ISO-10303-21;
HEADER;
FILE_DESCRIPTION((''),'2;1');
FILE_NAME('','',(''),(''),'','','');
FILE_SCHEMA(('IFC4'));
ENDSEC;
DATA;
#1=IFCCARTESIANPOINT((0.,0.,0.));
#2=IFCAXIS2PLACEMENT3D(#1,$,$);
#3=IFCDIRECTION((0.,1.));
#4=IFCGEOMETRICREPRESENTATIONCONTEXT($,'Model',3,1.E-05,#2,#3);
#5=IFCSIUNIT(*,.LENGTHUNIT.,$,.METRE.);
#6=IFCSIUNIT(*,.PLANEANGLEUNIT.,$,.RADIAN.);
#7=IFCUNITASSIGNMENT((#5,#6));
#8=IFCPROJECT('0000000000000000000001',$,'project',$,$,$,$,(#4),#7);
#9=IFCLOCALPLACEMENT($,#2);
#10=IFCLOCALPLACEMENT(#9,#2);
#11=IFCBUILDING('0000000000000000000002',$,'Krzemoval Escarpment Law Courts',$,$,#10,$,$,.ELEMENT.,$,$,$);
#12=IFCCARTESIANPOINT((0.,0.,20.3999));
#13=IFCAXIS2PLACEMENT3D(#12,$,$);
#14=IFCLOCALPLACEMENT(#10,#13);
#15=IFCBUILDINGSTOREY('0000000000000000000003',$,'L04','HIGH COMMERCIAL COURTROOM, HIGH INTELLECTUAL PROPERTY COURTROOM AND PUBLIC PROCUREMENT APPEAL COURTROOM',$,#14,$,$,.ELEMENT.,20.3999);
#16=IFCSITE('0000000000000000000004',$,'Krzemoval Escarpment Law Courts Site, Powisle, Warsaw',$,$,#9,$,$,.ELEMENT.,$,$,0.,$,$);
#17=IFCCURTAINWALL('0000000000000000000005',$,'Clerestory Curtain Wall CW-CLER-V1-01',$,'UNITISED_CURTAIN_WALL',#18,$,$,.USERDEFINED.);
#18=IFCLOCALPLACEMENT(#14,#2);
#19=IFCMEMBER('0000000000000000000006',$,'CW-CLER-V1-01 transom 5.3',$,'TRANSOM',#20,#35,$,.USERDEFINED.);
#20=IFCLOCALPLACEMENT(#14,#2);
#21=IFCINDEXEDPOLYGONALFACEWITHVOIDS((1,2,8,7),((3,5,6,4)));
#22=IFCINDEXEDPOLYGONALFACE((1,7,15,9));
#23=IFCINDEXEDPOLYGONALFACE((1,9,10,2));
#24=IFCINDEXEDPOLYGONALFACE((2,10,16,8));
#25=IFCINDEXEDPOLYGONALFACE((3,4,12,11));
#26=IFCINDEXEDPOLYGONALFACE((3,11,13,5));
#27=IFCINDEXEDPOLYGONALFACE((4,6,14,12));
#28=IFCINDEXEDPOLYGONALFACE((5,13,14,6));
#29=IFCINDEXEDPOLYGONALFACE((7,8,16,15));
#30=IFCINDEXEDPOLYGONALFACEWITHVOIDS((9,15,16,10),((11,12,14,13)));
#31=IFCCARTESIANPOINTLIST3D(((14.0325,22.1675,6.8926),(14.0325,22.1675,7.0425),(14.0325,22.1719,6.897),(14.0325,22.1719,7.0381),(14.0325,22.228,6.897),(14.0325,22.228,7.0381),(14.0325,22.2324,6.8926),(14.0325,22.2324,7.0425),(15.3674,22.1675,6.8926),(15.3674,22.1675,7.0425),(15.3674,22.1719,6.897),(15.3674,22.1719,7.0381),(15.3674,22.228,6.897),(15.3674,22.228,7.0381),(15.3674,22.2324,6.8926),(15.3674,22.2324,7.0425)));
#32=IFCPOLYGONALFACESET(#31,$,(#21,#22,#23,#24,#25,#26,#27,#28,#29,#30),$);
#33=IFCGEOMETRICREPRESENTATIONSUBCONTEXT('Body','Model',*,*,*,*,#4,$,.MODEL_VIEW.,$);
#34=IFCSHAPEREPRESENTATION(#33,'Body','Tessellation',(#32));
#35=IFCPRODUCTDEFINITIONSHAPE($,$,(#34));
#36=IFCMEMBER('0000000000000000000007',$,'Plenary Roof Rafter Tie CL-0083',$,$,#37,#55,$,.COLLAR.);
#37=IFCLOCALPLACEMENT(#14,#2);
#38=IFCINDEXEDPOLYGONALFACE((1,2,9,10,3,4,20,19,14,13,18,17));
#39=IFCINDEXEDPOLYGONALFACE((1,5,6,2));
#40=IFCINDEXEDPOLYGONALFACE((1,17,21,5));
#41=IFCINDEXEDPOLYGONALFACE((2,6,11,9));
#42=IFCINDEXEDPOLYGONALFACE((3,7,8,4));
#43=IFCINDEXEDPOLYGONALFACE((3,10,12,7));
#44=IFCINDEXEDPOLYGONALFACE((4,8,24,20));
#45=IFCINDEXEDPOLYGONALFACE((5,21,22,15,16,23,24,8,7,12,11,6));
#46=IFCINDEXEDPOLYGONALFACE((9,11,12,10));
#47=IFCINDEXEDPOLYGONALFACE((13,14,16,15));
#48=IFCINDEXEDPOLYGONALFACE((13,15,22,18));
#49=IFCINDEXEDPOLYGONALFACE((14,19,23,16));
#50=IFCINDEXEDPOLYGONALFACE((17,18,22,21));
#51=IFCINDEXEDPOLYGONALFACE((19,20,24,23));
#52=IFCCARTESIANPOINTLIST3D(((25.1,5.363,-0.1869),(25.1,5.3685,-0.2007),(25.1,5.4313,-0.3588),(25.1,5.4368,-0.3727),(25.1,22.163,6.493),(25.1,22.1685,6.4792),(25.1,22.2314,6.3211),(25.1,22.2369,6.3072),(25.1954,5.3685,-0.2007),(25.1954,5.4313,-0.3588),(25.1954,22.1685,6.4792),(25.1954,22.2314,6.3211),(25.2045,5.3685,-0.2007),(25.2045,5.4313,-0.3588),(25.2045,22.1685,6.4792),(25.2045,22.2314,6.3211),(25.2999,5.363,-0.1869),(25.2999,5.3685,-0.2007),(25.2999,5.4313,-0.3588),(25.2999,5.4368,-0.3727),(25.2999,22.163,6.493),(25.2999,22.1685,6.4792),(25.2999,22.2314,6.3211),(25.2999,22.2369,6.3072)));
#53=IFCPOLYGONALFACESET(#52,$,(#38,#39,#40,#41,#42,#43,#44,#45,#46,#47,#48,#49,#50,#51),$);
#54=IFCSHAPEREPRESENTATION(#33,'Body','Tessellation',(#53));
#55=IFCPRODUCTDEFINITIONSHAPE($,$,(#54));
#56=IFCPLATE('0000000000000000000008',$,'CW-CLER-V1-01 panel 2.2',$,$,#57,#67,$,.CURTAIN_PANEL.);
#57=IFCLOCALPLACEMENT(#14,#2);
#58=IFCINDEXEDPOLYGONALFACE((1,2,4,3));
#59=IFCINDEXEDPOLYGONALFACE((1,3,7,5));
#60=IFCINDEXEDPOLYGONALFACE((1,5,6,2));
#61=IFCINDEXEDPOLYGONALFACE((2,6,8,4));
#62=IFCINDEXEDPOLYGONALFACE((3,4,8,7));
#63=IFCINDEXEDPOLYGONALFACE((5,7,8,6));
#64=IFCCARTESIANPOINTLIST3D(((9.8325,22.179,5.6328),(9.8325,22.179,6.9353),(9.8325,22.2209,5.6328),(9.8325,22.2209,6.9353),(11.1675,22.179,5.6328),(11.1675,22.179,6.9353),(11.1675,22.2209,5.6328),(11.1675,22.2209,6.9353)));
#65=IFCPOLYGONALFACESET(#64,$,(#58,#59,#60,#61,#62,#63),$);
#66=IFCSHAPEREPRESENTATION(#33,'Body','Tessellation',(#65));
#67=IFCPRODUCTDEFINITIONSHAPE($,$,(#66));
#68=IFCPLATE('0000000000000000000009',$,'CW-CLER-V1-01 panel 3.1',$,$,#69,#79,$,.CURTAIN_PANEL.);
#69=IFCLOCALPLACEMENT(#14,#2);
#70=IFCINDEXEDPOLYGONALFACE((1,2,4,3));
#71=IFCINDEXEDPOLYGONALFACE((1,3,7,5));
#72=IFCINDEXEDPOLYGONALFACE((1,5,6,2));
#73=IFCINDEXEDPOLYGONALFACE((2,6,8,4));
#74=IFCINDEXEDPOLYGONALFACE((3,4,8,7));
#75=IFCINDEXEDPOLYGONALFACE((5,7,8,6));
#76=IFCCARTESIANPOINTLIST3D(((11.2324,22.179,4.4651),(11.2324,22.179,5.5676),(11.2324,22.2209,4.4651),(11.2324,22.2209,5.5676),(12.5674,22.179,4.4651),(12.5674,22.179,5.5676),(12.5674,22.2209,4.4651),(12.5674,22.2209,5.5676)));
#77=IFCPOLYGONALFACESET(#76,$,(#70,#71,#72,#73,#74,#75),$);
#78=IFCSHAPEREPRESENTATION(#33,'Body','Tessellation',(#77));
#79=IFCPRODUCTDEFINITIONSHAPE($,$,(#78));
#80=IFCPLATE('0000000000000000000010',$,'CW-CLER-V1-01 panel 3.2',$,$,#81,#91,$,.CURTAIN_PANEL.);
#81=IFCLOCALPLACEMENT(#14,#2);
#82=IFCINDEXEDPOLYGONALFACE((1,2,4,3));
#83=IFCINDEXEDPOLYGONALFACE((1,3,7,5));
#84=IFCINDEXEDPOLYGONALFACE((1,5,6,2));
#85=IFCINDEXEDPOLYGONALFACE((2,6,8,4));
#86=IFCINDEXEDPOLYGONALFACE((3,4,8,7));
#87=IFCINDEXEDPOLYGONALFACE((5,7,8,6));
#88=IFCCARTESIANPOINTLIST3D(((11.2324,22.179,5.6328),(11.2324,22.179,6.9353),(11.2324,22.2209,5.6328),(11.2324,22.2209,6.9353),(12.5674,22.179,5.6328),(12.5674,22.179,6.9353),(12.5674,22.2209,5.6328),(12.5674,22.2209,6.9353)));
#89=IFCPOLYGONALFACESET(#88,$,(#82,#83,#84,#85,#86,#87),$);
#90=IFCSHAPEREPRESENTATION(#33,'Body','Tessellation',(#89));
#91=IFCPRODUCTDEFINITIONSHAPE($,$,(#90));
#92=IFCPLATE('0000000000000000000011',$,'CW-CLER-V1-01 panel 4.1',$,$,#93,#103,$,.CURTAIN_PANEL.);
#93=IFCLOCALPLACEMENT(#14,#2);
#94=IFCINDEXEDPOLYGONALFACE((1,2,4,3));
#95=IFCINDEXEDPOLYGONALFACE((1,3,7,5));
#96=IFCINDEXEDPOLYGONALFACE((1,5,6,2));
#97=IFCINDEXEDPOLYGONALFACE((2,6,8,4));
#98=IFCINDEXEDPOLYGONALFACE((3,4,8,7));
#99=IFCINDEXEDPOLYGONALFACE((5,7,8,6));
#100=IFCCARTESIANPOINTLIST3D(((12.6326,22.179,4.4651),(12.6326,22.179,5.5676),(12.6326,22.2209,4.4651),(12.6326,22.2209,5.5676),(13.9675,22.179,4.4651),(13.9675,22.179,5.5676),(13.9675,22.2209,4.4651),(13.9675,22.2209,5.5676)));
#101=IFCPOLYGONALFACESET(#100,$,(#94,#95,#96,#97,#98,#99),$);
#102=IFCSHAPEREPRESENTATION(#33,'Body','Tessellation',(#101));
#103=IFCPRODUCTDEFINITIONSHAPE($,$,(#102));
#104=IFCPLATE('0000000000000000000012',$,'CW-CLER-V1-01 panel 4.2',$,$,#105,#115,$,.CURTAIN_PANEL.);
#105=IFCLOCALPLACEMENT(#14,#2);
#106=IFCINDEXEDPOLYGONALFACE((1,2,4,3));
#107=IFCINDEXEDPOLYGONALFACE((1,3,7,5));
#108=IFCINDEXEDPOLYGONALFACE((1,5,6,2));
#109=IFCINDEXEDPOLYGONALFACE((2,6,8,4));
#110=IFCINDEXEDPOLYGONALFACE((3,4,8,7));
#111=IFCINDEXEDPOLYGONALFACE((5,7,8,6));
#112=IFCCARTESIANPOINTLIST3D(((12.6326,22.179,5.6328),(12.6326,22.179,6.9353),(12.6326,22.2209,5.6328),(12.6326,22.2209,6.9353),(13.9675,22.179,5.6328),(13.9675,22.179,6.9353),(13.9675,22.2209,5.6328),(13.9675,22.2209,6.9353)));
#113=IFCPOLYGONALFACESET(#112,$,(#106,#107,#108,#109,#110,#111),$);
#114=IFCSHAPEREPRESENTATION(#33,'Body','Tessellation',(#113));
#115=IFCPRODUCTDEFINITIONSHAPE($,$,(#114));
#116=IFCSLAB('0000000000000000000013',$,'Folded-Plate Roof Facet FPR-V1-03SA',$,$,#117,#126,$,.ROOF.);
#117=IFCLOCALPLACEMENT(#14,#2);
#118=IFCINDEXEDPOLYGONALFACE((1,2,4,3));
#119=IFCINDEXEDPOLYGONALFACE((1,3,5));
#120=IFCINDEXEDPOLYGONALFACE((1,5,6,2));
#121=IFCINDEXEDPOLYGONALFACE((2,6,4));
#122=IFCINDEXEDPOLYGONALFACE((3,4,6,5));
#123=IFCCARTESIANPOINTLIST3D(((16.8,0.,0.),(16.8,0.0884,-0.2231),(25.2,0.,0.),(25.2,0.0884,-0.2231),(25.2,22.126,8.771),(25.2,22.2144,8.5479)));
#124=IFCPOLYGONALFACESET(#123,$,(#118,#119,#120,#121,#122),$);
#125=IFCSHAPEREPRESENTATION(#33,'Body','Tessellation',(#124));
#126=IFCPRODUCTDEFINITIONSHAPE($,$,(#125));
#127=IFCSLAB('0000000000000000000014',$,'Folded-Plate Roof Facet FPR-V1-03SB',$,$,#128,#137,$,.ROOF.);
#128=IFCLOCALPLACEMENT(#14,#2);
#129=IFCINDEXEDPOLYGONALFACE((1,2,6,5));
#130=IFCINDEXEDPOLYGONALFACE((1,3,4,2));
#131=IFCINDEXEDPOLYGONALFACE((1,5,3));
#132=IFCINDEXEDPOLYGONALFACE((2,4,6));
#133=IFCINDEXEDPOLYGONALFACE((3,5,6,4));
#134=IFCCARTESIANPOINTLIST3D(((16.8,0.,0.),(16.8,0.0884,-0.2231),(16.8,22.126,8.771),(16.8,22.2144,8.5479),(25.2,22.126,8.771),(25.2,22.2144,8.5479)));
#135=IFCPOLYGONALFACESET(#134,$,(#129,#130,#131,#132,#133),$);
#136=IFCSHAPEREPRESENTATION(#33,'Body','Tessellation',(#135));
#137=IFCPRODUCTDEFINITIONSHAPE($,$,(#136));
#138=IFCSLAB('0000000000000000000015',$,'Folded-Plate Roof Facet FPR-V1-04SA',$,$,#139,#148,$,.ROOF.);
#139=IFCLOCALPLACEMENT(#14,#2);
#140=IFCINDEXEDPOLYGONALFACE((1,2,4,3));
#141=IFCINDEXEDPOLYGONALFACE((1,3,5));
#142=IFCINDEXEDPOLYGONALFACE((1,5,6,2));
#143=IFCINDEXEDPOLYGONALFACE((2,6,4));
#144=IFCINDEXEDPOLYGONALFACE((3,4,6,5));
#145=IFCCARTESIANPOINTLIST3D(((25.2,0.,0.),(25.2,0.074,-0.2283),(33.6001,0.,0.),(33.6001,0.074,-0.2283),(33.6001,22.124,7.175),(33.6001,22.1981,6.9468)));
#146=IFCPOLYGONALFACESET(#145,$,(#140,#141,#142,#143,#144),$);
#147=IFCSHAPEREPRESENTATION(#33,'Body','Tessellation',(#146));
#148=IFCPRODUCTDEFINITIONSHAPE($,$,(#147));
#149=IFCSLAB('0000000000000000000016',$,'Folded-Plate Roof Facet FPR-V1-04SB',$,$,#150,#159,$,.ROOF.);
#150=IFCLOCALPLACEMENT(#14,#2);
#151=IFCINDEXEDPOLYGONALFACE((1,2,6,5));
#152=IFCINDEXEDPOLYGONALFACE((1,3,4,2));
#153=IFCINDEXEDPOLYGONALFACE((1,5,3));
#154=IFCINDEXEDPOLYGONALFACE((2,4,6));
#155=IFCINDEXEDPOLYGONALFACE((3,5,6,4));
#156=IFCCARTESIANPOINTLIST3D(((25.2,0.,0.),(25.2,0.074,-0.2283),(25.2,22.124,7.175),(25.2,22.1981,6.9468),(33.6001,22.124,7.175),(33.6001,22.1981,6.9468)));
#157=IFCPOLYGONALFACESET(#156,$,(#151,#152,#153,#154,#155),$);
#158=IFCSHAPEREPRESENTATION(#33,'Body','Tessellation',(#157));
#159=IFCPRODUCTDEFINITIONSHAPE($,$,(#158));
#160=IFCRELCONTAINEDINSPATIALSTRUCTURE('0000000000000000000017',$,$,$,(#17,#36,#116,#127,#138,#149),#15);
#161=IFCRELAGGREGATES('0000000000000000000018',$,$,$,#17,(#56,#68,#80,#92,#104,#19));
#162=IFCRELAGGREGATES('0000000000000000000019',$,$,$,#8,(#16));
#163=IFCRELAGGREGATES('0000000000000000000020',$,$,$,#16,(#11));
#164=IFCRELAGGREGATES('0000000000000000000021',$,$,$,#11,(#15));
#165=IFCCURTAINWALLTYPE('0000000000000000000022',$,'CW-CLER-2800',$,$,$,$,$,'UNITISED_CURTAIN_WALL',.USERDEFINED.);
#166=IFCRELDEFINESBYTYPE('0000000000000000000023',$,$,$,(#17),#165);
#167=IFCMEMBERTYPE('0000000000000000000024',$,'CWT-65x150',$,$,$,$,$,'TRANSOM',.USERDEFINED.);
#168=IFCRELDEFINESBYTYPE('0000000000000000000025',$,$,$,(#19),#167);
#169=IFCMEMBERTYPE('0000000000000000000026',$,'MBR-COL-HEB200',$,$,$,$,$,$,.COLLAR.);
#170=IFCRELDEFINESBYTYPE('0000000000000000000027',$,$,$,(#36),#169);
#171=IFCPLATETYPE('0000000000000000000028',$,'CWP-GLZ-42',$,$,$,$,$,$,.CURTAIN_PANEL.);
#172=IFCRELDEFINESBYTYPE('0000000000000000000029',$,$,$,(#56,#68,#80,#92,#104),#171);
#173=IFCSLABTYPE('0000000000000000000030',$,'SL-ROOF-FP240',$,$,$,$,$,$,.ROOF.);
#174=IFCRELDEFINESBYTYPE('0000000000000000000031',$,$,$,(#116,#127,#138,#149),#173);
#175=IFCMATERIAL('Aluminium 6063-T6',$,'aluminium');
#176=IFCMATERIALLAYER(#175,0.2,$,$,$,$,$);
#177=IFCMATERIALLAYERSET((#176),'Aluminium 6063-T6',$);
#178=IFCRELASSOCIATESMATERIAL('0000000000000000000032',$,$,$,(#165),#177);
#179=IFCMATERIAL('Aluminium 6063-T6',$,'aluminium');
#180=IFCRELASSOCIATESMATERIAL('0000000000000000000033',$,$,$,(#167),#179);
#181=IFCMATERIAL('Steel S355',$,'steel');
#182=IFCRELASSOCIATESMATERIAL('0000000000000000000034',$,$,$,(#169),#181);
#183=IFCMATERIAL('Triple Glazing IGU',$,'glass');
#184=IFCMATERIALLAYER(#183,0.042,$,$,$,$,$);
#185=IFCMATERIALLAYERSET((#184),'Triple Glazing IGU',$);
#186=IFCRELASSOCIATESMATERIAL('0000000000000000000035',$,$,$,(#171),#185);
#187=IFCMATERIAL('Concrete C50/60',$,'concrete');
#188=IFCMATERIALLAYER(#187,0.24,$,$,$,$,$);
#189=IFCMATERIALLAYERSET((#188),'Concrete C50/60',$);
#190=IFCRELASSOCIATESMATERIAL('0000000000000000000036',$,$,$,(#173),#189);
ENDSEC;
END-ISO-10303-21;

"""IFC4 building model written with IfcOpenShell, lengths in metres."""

from ifc_helpers import new_model, si_unit, direction, frame, origin, origin_2d, place, context, subcontext, project, spatial, polyline, rectangle, hollow_rectangle, i_section, outline, extrude, material, layer, layer_set, material_profile, profile_set, type_object, element, aggregate, save


model = new_model("IFC4")

# Units and contexts
model_context = context("Model", 3, precision=1e-05, world=origin(), true_north=direction((0.0, 1.0)))
body_context = subcontext(model_context, "Body", "Model", "MODEL_VIEW")
ifc_project = project(units=[si_unit("LENGTHUNIT", "METRE"), si_unit("PLANEANGLEUNIT", "RADIAN")], contexts=[model_context])

# Site, building, storey
site_placement = place(None, origin())
site = spatial("IfcSite", under=ifc_project, at=site_placement, Name="Krzemoval Escarpment Law Courts Site, Powisle, Warsaw", CompositionType="ELEMENT", RefElevation=0.0)
building_placement = place(site_placement, origin())
building = spatial("IfcBuilding", under=site, at=building_placement, Name="Krzemoval Escarpment Law Courts", CompositionType="ELEMENT")
storey_placement = place(building_placement, frame((0.0, 0.0, 20.3999)))
storey = spatial("IfcBuildingStorey", under=building, at=storey_placement, Name="L04", Description="HIGH COMMERCIAL COURTROOM, HIGH INTELLECTUAL PROPERTY COURTROOM AND PUBLIC PROCUREMENT APPEAL COURTROOM", CompositionType="ELEMENT", Elevation=20.3999)

# Curtain wall, member
ifc_material_1 = material(Name="Aluminium 6063-T6", Category="aluminium")
ifc_layer_1 = layer(ifc_material_1, 0.2)
ifc_layer_set_1 = layer_set([ifc_layer_1], Name="Aluminium 6063-T6")
curtain_wall_type = type_object("IfcCurtainWallType", Name="CW-CLER-2800", ElementType="UNITISED_CURTAIN_WALL", PredefinedType="USERDEFINED", material=ifc_layer_set_1)
curtain_wall_placement = place(storey_placement, origin())
curtain_wall = element("IfcCurtainWall", 1, at=curtain_wall_placement, inside=storey, type_object=curtain_wall_type, Name="Clerestory Curtain Wall CW-CLER-V1-01", ObjectType="UNITISED_CURTAIN_WALL", PredefinedType="USERDEFINED")
ifc_material_2 = material(Name="Aluminium 6063-T6", Category="aluminium")
ifc_material_profile_1 = material_profile(ifc_material_2, hollow_rectangle(XDim=0.0649, YDim=0.1499, WallThickness=0.0044, at=origin_2d()), Name="ALU T65x150")
ifc_profile_set_1 = profile_set([ifc_material_profile_1], Name="Aluminium 6063-T6")
member_type_1 = type_object("IfcMemberType", Name="CWT-65x150", ElementType="TRANSOM", PredefinedType="USERDEFINED", material=ifc_profile_set_1)
member_1_placement = place(storey_placement, frame((14.0325, 22.2, 6.9675), z_axis=(1.0, 0.0, 0.0), x_axis=(0.0, 1.0, 0.0)))
member_1 = element("IfcMember", 2, at=member_1_placement, type_object=member_type_1, Name="CW-CLER-V1-01 transom 5.3", ObjectType="TRANSOM", PredefinedType="USERDEFINED", context=body_context, shape_type="SweptSolid", body=[
    extrude(hollow_rectangle(XDim=0.0649, YDim=0.1499, WallThickness=0.0044, at=origin_2d()), origin(), (0.0, 0.0, 1.0), 1.335),
])

# Member
ifc_material_3 = material(Name="Steel S355", Category="steel")
ifc_material_profile_2 = material_profile(ifc_material_3, i_section(OverallWidth=0.2, OverallDepth=0.2, WebThickness=0.009, FlangeThickness=0.0149, at=origin_2d()), Name="HEB 200")
ifc_profile_set_2 = profile_set([ifc_material_profile_2], Name="Steel S355")
member_type_2 = type_object("IfcMemberType", Name="MBR-COL-HEB200", PredefinedType="COLLAR", material=ifc_profile_set_2)
member_2_placement = place(storey_placement, frame((25.2, 5.3999, -0.2798), z_axis=(0.0, 0.929239, 0.369478), x_axis=(-1.0, 0.0, 0.0)))
element("IfcMember", 3, at=member_2_placement, inside=storey, type_object=member_type_2, Name="Plenary Roof Rafter Tie CL-0083", PredefinedType="COLLAR", context=body_context, shape_type="SweptSolid", body=[
    extrude(i_section(OverallWidth=0.2, OverallDepth=0.2, WebThickness=0.009, FlangeThickness=0.0149, at=origin_2d()), origin(), (0.0, 0.0, 1.0), 18.0793),
])

# Plates
ifc_material_4 = material(Name="Triple Glazing IGU", Category="glass")
ifc_layer_2 = layer(ifc_material_4, 0.042)
ifc_layer_set_2 = layer_set([ifc_layer_2], Name="Triple Glazing IGU")
plate_type = type_object("IfcPlateType", Name="CWP-GLZ-42", PredefinedType="CURTAIN_PANEL", material=ifc_layer_set_2)
plate_1_placement = place(storey_placement, frame((10.5, 22.2, 5.6328), z_axis=(0.0, 0.0, 1.0), x_axis=(1.0, 0.0, 0.0)))
plate_1 = element("IfcPlate", 4, at=plate_1_placement, type_object=plate_type, Name="CW-CLER-V1-01 panel 2.2", PredefinedType="CURTAIN_PANEL", context=body_context, shape_type="SweptSolid", body=[
    extrude(rectangle(XDim=1.335, YDim=0.042, at=origin_2d()), origin(), (0.0, 0.0, 1.0), 1.3025),
])
plate_2_placement = place(storey_placement, frame((11.8999, 22.2, 4.4651), z_axis=(0.0, 0.0, 1.0), x_axis=(1.0, 0.0, 0.0)))
plate_2 = element("IfcPlate", 5, at=plate_2_placement, type_object=plate_type, Name="CW-CLER-V1-01 panel 3.1", PredefinedType="CURTAIN_PANEL", context=body_context, shape_type="SweptSolid", body=[
    extrude(rectangle(XDim=1.335, YDim=0.042, at=origin_2d()), origin(), (0.0, 0.0, 1.0), 1.1025),
])
plate_3_placement = place(storey_placement, frame((11.8999, 22.2, 5.6328), z_axis=(0.0, 0.0, 1.0), x_axis=(1.0, 0.0, 0.0)))
plate_3 = element("IfcPlate", 6, at=plate_3_placement, type_object=plate_type, Name="CW-CLER-V1-01 panel 3.2", PredefinedType="CURTAIN_PANEL", context=body_context, shape_type="SweptSolid", body=[
    extrude(rectangle(XDim=1.335, YDim=0.042, at=origin_2d()), origin(), (0.0, 0.0, 1.0), 1.3025),
])
plate_4_placement = place(storey_placement, frame((13.3, 22.2, 4.4651), z_axis=(0.0, 0.0, 1.0), x_axis=(1.0, 0.0, 0.0)))
plate_4 = element("IfcPlate", 7, at=plate_4_placement, type_object=plate_type, Name="CW-CLER-V1-01 panel 4.1", PredefinedType="CURTAIN_PANEL", context=body_context, shape_type="SweptSolid", body=[
    extrude(rectangle(XDim=1.335, YDim=0.042, at=origin_2d()), origin(), (0.0, 0.0, 1.0), 1.1025),
])
plate_5_placement = place(storey_placement, frame((13.3, 22.2, 5.6328), z_axis=(0.0, 0.0, 1.0), x_axis=(1.0, 0.0, 0.0)))
plate_5 = element("IfcPlate", 8, at=plate_5_placement, type_object=plate_type, Name="CW-CLER-V1-01 panel 4.2", PredefinedType="CURTAIN_PANEL", context=body_context, shape_type="SweptSolid", body=[
    extrude(rectangle(XDim=1.335, YDim=0.042, at=origin_2d()), origin(), (0.0, 0.0, 1.0), 1.3025),
])
aggregate(curtain_wall, [plate_1, plate_2, plate_3, plate_4, plate_5, member_1])

# Slabs
ifc_material_5 = material(Name="Concrete C50/60", Category="concrete")
ifc_layer_3 = layer(ifc_material_5, 0.24)
ifc_layer_set_3 = layer_set([ifc_layer_3], Name="Concrete C50/60")
slab_type = type_object("IfcSlabType", Name="SL-ROOF-FP240", PredefinedType="ROOF", material=ifc_layer_set_3)
slab_1_placement = place(storey_placement, frame((16.8, 0.0, 0.0), z_axis=(0.0, -0.368513, 0.929622), x_axis=(1.0, 0.0, 0.0)))
element("IfcSlab", 9, at=slab_1_placement, inside=storey, type_object=slab_type, Name="Folded-Plate Roof Facet FPR-V1-03SA", PredefinedType="ROOF", context=body_context, shape_type="SweptSolid", body=[
    extrude(outline(polyline([(0.0, 0.0), (8.3999, 0.0), (8.3999, 23.801), (0.0, 0.0)])), origin(), (0.0, 0.0, -1.0), 0.24),
])
slab_2_placement = place(storey_placement, frame((16.8, 0.0, 0.0), z_axis=(0.0, -0.368513, 0.929622), x_axis=(0.332804, 0.87663, 0.347507)))
element("IfcSlab", 10, at=slab_2_placement, inside=storey, type_object=slab_type, Name="Folded-Plate Roof Facet FPR-V1-03SB", PredefinedType="ROOF", context=body_context, shape_type="SweptSolid", body=[
    extrude(outline(polyline([(0.0, 0.0), (25.2398, 0.0), (22.4443, 7.9211), (0.0, 0.0)])), origin(), (0.0, 0.0, -1.0), 0.24),
])
slab_3_placement = place(storey_placement, frame((25.2, 0.0, 0.0), z_axis=(0.0, -0.308493, 0.951227), x_axis=(1.0, 0.0, 0.0)))
element("IfcSlab", 11, at=slab_3_placement, inside=storey, type_object=slab_type, Name="Folded-Plate Roof Facet FPR-V1-04SA", PredefinedType="ROOF", context=body_context, shape_type="SweptSolid", body=[
    extrude(outline(polyline([(0.0, 0.0), (8.4001, 0.0), (8.4001, 23.2584), (0.0, 0.0)])), origin(), (0.0, 0.0, -1.0), 0.24),
])
slab_4_placement = place(storey_placement, frame((25.2, 0.0, 0.0), z_axis=(0.0, -0.308493, 0.951227), x_axis=(0.33969, 0.894664, 0.290149)))
element("IfcSlab", 12, at=slab_4_placement, inside=storey, type_object=slab_type, Name="Folded-Plate Roof Facet FPR-V1-04SB", PredefinedType="ROOF", context=body_context, shape_type="SweptSolid", body=[
    extrude(outline(polyline([(0.0, 0.0), (24.7289, 0.0), (21.8754, 7.9007), (0.0, 0.0)])), origin(), (0.0, 0.0, -1.0), 0.24),
])

save(model, "model.ifc")
